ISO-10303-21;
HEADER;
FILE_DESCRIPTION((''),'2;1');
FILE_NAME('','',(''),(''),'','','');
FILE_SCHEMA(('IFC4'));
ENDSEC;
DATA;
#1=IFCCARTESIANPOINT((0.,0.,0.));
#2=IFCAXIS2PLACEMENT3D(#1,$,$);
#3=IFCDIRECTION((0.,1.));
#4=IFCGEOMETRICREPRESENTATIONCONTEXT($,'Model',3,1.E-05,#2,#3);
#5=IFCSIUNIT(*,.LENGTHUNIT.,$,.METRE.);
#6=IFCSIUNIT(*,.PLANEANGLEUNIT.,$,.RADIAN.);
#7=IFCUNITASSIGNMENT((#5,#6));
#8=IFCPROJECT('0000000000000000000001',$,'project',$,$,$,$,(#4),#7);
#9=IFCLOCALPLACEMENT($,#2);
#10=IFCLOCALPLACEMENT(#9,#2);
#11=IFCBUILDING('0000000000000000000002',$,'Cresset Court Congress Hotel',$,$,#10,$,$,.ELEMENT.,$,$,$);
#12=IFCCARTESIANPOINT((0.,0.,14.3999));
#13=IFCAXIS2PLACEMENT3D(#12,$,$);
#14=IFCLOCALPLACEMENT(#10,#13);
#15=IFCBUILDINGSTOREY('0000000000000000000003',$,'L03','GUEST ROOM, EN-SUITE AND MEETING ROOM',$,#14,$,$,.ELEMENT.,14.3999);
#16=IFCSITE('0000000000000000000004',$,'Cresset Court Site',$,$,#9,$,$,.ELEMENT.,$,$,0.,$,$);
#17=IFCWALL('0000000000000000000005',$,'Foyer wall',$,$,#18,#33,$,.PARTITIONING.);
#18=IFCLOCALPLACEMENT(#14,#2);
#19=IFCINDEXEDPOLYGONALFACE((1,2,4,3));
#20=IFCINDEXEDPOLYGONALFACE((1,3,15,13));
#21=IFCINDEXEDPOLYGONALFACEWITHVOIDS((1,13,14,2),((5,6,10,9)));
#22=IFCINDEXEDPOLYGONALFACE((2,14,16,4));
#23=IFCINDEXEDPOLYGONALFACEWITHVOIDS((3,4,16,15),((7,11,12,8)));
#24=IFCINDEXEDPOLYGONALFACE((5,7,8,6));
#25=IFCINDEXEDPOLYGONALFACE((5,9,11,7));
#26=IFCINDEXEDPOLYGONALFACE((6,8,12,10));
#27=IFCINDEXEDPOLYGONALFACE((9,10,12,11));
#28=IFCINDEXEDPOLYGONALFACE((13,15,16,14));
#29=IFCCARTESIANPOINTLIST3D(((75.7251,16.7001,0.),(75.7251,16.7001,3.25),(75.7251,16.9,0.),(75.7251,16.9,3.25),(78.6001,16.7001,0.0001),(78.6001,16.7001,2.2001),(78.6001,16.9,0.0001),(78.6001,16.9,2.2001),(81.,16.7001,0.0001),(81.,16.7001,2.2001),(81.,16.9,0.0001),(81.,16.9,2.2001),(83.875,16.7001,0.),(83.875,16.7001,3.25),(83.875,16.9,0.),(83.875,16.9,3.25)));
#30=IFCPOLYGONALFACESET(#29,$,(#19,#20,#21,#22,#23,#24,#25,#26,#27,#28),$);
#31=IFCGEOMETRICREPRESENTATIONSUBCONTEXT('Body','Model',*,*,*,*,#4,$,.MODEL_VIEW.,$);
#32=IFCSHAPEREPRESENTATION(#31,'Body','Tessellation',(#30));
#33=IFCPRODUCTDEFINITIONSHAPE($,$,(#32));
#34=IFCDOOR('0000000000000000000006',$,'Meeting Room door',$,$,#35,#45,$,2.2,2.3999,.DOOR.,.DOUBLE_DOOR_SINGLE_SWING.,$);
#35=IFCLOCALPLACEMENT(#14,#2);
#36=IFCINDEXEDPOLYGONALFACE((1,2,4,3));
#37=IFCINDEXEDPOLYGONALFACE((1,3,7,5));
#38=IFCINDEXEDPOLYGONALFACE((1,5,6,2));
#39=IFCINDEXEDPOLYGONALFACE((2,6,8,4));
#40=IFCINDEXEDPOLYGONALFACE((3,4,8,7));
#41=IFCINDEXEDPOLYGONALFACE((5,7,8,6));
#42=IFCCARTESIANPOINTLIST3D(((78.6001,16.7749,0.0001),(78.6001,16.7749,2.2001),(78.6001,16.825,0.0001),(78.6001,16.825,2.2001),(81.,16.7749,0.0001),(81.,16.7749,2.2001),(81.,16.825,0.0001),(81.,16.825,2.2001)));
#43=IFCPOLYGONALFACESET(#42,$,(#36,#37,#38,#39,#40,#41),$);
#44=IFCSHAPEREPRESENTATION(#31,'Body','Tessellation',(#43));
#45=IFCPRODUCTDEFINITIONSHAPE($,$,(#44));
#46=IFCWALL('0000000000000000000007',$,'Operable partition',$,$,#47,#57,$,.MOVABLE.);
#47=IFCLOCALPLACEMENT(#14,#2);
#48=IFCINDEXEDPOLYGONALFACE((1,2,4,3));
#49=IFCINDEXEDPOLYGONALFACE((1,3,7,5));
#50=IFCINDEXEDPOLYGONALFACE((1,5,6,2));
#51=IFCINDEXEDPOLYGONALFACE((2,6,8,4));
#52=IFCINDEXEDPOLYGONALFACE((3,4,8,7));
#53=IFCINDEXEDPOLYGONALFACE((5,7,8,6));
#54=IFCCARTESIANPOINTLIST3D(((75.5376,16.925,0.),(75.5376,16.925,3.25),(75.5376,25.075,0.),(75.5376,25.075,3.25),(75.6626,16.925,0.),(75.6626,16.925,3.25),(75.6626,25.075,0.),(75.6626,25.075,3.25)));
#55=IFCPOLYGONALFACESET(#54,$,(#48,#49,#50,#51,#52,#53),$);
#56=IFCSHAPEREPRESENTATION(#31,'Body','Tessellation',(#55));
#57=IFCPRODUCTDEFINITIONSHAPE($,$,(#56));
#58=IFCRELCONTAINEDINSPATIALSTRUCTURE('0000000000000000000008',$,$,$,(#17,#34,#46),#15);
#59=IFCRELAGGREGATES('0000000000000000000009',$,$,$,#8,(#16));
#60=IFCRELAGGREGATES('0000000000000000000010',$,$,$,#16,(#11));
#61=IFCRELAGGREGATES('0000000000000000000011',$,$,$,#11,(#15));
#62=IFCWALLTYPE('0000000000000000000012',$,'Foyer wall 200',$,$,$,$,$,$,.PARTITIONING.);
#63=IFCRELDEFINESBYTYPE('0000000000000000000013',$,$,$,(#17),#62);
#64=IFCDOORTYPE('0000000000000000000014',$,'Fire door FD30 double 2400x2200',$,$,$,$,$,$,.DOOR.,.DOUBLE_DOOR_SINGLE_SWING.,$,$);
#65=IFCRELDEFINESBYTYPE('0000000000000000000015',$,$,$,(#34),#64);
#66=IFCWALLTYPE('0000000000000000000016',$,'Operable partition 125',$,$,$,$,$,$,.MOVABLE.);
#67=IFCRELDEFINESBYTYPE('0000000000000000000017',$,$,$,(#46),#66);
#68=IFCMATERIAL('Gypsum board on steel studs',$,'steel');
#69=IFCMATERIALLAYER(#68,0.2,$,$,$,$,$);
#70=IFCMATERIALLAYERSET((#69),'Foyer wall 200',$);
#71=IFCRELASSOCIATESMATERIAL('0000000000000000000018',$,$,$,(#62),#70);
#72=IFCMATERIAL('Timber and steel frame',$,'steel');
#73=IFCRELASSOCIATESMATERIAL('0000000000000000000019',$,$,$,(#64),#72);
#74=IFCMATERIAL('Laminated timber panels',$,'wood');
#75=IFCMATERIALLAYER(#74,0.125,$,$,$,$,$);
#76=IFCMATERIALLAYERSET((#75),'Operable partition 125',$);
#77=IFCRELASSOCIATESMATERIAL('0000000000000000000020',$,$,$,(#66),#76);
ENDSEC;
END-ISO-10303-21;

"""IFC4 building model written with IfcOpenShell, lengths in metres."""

from ifc_helpers import new_model, si_unit, direction, frame, frame_2d, origin, place, context, subcontext, project, spatial, rectangle, extrude, material, layer, layer_set, type_object, element, fill, save


model = new_model("IFC4")

# Units and contexts
model_context = context("Model", 3, precision=1e-05, world=origin(), true_north=direction((0.0, 1.0)))
body_context = subcontext(model_context, "Body", "Model", "MODEL_VIEW")
ifc_project = project(units=[si_unit("LENGTHUNIT", "METRE"), si_unit("PLANEANGLEUNIT", "RADIAN")], contexts=[model_context])

# Site, building, storey
site_placement = place(None, origin())
site = spatial("IfcSite", under=ifc_project, at=site_placement, Name="Cresset Court Site", CompositionType="ELEMENT", RefElevation=0.0)
building_placement = place(site_placement, origin())
building = spatial("IfcBuilding", under=site, at=building_placement, Name="Cresset Court Congress Hotel", CompositionType="ELEMENT")
storey_placement = place(building_placement, frame((0.0, 0.0, 14.3999)))
storey = spatial("IfcBuildingStorey", under=building, at=storey_placement, Name="L03", Description="GUEST ROOM, EN-SUITE AND MEETING ROOM", CompositionType="ELEMENT", Elevation=14.3999)

# Wall, opening, door
ifc_material_1 = material(Name="Gypsum board on steel studs", Category="steel")
ifc_layer_1 = layer(ifc_material_1, 0.2)
ifc_layer_set_1 = layer_set([ifc_layer_1], Name="Foyer wall 200")
wall_type_1 = type_object("IfcWallType", Name="Foyer wall 200", PredefinedType="PARTITIONING", material=ifc_layer_set_1)
wall_1_placement = place(storey_placement, frame((75.7251, 16.8, 0.0), z_axis=(0.0, 0.0, 1.0), x_axis=(1.0, 0.0, 0.0)))
wall_1 = element("IfcWall", 1, at=wall_1_placement, inside=storey, type_object=wall_type_1, Name="Foyer wall", PredefinedType="PARTITIONING", context=body_context, shape_type="SweptSolid", body=[
    extrude(rectangle(XDim=8.1499, YDim=0.2, at=frame_2d((4.075, 0.0))), origin(), (0.0, 0.0, 1.0), 3.25),
])
opening_placement = place(wall_1_placement, frame((2.875, 0.0, 0.0)))
opening = element("IfcOpeningElement", 2, at=opening_placement, cuts=wall_1, PredefinedType="OPENING", context=body_context, shape_type="SweptSolid", body=[
    extrude(rectangle(XDim=2.3999, YDim=2.2, at=frame_2d((1.2, 1.1001))), frame((0.0, 0.1099, 0.0), z_axis=(0.0, -1.0, 0.0), x_axis=(1.0, 0.0, 0.0)), (0.0, 0.0, 1.0), 0.22),
])
ifc_material_2 = material(Name="Timber and steel frame", Category="steel")
door_type = type_object("IfcDoorType", Name="Fire door FD30 double 2400x2200", OperationType="DOUBLE_DOOR_SINGLE_SWING", PredefinedType="DOOR", material=ifc_material_2)
door_placement = place(opening_placement, origin())
door = element("IfcDoor", 3, at=door_placement, inside=storey, type_object=door_type, Name="Meeting Room door", OperationType="DOUBLE_DOOR_SINGLE_SWING", OverallHeight=2.2, OverallWidth=2.3999, PredefinedType="DOOR", context=body_context, shape_type="SweptSolid", body=[
    extrude(rectangle(XDim=2.3999, YDim=2.2, at=frame_2d((1.2, 1.1001))), frame((0.0, 0.0249, 0.0), z_axis=(0.0, -1.0, 0.0), x_axis=(1.0, 0.0, 0.0)), (0.0, 0.0, 1.0), 0.05),
])
fill(opening, door)

# Wall
ifc_material_3 = material(Name="Laminated timber panels", Category="wood")
ifc_layer_2 = layer(ifc_material_3, 0.125)
ifc_layer_set_2 = layer_set([ifc_layer_2], Name="Operable partition 125")
wall_type_2 = type_object("IfcWallType", Name="Operable partition 125", PredefinedType="MOVABLE", material=ifc_layer_set_2)
wall_2_placement = place(storey_placement, frame((75.6001, 16.925, 0.0), z_axis=(0.0, 0.0, 1.0), x_axis=(0.0, 1.0, 0.0)))
element("IfcWall", 4, at=wall_2_placement, inside=storey, type_object=wall_type_2, Name="Operable partition", PredefinedType="MOVABLE", context=body_context, shape_type="SweptSolid", body=[
    extrude(rectangle(XDim=8.1499, YDim=0.125, at=frame_2d((4.075, 0.0))), origin(), (0.0, 0.0, 1.0), 3.25),
])

save(model, "model.ifc")
